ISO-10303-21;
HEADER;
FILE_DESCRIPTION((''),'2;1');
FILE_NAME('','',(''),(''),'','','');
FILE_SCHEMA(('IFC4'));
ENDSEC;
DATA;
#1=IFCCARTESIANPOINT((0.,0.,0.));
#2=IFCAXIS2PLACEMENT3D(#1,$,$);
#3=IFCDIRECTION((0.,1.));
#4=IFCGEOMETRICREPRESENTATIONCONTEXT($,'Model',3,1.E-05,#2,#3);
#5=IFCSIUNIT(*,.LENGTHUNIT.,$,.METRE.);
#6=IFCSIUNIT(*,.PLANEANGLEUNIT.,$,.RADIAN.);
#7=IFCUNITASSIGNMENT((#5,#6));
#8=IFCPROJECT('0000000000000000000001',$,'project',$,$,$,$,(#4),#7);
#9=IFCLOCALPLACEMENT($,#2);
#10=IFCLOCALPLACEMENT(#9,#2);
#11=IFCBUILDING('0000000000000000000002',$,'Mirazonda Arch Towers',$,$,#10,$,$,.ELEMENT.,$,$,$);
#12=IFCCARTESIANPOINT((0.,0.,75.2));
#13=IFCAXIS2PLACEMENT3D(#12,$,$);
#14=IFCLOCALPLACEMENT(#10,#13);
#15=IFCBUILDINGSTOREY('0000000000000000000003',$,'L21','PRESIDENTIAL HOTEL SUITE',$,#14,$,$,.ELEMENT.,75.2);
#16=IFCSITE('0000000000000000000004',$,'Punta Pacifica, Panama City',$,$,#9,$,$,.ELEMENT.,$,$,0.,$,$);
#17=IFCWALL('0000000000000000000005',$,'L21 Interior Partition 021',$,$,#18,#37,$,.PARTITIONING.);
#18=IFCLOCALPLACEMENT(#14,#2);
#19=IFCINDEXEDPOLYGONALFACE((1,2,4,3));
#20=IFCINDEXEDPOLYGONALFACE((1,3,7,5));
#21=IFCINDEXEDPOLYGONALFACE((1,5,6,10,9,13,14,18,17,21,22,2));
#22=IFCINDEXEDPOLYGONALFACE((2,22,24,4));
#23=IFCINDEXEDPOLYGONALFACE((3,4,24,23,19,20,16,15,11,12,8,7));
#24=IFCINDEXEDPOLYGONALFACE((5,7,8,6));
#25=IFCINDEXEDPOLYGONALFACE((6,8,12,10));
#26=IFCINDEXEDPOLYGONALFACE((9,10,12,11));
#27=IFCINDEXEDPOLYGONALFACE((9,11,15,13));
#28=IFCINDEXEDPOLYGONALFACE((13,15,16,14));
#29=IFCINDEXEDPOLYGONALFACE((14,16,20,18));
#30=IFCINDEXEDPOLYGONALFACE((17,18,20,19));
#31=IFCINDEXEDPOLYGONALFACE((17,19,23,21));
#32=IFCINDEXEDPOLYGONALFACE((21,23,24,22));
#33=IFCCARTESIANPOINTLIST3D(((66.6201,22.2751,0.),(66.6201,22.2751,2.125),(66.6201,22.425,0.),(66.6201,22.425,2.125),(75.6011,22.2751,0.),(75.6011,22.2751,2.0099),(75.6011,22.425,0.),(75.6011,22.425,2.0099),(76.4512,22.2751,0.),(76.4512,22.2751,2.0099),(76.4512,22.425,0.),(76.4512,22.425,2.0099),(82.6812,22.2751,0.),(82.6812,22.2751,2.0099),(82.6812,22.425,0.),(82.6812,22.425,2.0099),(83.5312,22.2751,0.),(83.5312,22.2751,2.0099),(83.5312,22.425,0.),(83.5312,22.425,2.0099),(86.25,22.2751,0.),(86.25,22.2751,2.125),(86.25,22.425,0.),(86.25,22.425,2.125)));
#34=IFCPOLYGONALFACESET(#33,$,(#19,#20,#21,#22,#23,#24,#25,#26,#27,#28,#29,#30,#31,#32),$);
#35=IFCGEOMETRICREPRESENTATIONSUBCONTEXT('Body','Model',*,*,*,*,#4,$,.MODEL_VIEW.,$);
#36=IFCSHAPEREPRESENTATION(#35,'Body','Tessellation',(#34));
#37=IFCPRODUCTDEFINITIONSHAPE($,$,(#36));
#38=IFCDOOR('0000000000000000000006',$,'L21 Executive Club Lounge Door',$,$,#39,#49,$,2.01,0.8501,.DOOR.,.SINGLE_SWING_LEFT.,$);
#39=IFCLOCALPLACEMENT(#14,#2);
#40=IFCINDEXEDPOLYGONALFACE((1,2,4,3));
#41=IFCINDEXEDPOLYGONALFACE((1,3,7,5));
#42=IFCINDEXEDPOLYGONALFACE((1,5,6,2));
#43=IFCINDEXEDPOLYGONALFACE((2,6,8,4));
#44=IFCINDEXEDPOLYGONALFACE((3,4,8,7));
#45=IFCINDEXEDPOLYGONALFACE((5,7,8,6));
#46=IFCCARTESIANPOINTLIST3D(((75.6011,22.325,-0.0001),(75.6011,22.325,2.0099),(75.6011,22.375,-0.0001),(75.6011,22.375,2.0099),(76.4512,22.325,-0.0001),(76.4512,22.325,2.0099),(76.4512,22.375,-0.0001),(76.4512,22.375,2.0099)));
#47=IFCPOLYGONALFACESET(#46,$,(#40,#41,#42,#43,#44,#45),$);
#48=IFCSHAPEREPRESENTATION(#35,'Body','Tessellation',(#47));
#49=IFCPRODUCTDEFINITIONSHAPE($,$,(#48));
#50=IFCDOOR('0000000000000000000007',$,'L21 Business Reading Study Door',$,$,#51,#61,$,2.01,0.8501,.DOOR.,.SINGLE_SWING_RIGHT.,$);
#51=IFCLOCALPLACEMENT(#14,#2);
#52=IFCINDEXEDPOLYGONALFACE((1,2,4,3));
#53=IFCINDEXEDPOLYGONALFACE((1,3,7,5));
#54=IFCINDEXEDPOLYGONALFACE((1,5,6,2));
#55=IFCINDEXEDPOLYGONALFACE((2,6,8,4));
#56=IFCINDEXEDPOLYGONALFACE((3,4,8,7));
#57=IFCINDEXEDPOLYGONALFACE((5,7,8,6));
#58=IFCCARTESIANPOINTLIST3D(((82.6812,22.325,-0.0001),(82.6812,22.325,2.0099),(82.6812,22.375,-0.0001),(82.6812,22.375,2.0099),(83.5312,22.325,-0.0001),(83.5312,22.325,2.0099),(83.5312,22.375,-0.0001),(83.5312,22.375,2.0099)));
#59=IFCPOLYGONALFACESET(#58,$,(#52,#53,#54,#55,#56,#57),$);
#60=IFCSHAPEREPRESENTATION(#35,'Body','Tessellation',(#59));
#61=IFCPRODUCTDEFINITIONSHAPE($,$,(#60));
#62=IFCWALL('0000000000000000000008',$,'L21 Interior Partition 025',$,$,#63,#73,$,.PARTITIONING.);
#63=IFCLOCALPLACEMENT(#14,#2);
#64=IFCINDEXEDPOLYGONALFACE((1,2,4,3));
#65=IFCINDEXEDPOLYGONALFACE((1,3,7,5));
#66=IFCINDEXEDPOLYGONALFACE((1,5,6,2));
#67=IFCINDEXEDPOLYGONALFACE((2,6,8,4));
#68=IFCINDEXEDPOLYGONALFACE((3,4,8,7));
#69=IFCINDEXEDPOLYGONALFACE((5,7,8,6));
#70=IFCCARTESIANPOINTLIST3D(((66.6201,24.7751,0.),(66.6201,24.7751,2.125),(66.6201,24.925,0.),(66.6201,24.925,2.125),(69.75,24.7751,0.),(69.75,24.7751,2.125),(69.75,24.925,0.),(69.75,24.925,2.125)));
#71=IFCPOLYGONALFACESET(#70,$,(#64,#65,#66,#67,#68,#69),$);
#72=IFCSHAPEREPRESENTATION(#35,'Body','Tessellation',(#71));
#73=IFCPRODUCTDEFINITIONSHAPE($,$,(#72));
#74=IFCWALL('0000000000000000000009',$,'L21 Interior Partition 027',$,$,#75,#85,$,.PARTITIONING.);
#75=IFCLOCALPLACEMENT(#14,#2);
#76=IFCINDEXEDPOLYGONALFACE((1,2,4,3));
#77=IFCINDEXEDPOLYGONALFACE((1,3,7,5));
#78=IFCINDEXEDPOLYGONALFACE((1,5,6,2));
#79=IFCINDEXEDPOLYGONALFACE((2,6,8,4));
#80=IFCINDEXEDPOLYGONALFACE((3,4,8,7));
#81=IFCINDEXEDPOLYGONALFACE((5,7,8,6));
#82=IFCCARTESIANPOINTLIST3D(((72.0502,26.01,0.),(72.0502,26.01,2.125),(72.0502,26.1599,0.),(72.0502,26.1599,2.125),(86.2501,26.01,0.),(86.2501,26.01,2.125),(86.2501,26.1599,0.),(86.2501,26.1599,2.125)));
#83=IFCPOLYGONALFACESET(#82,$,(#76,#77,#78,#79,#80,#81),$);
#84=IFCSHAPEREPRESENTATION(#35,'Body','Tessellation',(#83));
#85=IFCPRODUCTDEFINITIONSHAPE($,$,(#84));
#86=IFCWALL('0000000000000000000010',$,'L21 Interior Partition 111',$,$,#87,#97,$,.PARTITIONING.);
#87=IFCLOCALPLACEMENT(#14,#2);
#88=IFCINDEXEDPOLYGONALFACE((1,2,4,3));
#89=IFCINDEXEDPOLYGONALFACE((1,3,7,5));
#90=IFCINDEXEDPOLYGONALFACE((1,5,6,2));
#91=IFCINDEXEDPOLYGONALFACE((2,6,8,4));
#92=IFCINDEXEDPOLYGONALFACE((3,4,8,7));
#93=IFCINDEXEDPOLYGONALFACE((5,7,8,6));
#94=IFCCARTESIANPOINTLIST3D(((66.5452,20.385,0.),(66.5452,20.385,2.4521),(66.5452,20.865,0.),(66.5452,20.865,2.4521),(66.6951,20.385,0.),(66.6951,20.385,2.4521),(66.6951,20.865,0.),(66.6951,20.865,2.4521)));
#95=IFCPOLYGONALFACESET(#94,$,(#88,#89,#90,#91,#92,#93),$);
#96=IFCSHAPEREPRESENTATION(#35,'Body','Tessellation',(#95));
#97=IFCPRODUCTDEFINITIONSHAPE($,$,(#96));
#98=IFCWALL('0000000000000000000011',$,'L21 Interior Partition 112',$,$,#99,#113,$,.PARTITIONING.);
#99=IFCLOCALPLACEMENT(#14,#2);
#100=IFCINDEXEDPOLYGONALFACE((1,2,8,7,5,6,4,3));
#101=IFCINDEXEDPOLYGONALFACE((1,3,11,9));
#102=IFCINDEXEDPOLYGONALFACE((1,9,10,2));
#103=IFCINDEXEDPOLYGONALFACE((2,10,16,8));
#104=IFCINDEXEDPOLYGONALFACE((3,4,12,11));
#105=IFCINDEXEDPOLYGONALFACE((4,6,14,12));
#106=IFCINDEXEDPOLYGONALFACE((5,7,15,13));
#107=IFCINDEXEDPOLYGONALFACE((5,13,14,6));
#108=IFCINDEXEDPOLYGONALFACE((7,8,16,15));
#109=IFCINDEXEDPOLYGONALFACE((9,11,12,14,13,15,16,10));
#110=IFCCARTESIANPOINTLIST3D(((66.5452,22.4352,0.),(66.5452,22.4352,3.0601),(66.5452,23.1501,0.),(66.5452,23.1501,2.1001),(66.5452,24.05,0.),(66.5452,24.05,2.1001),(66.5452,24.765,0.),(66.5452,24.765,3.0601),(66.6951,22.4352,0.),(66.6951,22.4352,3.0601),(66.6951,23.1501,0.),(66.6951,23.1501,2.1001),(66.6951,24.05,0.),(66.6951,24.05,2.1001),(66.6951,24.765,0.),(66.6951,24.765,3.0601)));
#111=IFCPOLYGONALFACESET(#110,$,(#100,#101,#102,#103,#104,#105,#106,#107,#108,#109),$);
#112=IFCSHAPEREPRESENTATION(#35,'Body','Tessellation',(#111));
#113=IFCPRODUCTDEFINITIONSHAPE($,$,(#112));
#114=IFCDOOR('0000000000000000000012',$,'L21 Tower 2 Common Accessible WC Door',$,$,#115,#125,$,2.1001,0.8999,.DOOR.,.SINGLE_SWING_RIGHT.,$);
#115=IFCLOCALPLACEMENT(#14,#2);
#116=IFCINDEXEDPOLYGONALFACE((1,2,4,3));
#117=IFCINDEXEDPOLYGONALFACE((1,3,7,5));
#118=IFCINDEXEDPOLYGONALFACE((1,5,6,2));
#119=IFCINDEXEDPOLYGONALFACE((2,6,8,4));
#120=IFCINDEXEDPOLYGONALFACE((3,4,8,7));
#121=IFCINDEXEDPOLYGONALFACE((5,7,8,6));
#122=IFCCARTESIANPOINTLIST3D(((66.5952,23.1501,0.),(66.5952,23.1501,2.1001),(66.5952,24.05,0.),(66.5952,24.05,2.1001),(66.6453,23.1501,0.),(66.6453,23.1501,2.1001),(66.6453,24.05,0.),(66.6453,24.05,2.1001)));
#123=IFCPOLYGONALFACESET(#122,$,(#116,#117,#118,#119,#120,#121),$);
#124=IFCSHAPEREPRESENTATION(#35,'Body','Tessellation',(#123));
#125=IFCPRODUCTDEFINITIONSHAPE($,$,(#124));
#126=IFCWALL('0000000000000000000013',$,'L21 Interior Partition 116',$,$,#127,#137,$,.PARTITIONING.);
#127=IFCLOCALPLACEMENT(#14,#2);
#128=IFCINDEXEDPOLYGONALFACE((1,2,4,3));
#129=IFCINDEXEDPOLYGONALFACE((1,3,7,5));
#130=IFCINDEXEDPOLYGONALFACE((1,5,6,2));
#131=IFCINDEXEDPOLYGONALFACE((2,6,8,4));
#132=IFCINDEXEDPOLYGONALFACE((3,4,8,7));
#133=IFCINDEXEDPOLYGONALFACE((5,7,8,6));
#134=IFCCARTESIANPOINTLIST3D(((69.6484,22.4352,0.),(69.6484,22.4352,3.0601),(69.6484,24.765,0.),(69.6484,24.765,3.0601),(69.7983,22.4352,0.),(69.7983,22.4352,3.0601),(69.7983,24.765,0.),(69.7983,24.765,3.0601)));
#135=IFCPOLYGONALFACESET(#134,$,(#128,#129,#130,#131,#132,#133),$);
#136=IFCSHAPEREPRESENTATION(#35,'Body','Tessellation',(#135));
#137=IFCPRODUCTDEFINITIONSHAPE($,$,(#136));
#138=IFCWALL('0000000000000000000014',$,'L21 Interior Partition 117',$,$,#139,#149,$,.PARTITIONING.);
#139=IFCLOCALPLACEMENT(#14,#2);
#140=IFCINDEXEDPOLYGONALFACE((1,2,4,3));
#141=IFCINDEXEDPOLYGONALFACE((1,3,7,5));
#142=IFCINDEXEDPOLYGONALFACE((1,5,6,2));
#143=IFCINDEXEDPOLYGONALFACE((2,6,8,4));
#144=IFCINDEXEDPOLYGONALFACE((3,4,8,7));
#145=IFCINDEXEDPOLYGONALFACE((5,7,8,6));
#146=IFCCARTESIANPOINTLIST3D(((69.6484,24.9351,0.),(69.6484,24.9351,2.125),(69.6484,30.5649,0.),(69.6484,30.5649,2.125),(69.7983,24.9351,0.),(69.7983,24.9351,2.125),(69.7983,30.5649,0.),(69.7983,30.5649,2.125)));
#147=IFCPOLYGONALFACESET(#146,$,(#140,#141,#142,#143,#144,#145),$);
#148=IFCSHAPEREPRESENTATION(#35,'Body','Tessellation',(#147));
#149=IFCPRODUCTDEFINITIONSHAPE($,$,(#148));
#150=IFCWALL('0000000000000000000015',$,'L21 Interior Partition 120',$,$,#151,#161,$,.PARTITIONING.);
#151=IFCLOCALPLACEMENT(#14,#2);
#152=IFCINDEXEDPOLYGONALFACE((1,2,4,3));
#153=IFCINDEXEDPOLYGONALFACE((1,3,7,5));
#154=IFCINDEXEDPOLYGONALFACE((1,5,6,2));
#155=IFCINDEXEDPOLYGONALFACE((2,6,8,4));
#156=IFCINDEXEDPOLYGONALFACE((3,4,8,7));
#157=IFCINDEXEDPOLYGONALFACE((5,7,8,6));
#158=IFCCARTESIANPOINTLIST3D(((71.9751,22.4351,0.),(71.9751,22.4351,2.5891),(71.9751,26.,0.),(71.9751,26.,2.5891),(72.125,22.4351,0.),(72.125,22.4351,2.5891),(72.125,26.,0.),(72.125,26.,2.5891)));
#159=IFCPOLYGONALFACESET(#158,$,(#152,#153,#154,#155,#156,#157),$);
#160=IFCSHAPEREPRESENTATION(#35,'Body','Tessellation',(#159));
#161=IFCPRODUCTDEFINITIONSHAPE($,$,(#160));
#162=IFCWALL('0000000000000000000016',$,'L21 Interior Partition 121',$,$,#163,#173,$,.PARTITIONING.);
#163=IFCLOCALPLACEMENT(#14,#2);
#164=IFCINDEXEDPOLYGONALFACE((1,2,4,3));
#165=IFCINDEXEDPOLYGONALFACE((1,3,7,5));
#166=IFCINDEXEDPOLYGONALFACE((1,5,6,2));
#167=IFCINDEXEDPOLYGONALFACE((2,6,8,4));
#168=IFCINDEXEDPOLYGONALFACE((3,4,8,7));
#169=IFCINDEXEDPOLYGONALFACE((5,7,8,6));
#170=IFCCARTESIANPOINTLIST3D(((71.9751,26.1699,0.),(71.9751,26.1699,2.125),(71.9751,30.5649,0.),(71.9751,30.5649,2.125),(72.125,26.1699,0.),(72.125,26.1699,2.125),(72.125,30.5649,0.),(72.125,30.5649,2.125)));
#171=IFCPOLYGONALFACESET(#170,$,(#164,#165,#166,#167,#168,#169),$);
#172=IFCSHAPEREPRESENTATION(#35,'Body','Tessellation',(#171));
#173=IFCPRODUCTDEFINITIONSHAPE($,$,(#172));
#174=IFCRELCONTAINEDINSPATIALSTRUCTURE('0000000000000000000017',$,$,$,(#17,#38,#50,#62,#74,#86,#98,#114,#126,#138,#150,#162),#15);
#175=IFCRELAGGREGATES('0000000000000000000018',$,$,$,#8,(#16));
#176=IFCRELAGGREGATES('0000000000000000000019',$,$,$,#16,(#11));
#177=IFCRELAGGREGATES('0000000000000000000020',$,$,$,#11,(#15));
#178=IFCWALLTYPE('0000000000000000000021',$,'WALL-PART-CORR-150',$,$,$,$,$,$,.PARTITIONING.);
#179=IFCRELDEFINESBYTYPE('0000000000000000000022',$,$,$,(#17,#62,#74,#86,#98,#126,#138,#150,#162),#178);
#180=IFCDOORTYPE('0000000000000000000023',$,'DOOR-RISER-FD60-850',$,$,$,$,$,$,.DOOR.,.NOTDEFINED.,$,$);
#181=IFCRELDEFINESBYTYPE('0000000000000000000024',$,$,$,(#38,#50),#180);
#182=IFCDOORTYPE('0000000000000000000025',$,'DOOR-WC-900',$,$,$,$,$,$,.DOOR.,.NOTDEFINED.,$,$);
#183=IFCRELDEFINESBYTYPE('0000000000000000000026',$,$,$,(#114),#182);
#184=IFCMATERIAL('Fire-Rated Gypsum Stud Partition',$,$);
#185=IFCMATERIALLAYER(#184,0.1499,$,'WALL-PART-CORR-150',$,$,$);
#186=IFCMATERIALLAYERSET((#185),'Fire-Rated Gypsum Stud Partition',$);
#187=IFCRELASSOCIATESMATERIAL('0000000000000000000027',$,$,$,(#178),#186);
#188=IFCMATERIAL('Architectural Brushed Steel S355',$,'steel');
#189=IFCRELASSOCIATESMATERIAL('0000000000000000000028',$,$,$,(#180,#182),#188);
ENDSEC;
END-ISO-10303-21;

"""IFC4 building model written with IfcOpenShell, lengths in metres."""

from ifc_helpers import new_model, si_unit, direction, frame, frame_2d, origin, place, context, subcontext, project, spatial, rectangle, extrude, material, layer, layer_set, type_object, element, fill, save


model = new_model("IFC4")

# Units and contexts
model_context = context("Model", 3, precision=1e-05, world=origin(), true_north=direction((0.0, 1.0)))
body_context = subcontext(model_context, "Body", "Model", "MODEL_VIEW")
ifc_project = project(units=[si_unit("LENGTHUNIT", "METRE"), si_unit("PLANEANGLEUNIT", "RADIAN")], contexts=[model_context])

# Site, building, storey
site_placement = place(None, origin())
site = spatial("IfcSite", under=ifc_project, at=site_placement, Name="Punta Pacifica, Panama City", CompositionType="ELEMENT", RefElevation=0.0)
building_placement = place(site_placement, origin())
building = spatial("IfcBuilding", under=site, at=building_placement, Name="Mirazonda Arch Towers", CompositionType="ELEMENT")
storey_placement = place(building_placement, frame((0.0, 0.0, 75.2)))
storey = spatial("IfcBuildingStorey", under=building, at=storey_placement, Name="L21", Description="PRESIDENTIAL HOTEL SUITE", CompositionType="ELEMENT", Elevation=75.2)

# Shared definitions
ifc_material_1 = material(Name="Architectural Brushed Steel S355", Category="steel")

# Shared definitions
ifc_material_2 = material(Name="Fire-Rated Gypsum Stud Partition")
ifc_layer_1 = layer(ifc_material_2, 0.1499, Name="WALL-PART-CORR-150")
ifc_layer_set_1 = layer_set([ifc_layer_1], Name="Fire-Rated Gypsum Stud Partition")
wall_type_1 = type_object("IfcWallType", Name="WALL-PART-CORR-150", PredefinedType="PARTITIONING", material=ifc_layer_set_1)

# Wall, openings, doors
wall_1_placement = place(storey_placement, frame((66.6201, 22.3501, 0.0), z_axis=(0.0, 0.0, 1.0), x_axis=(1.0, 0.0, 0.0)))
wall_1 = element("IfcWall", 1, at=wall_1_placement, inside=storey, type_object=wall_type_1, Name="L21 Interior Partition 021", PredefinedType="PARTITIONING", context=body_context, shape_type="SweptSolid", body=[
    extrude(rectangle(XDim=19.6299, YDim=0.1499, at=frame_2d((9.8149, 0.0))), origin(), (0.0, 0.0, 1.0), 2.125),
])
opening_1_placement = place(wall_1_placement, frame((8.981, 0.0, 0.0)))
opening_1 = element("IfcOpeningElement", 2, at=opening_1_placement, cuts=wall_1, PredefinedType="OPENING", context=body_context, shape_type="SweptSolid", body=[
    extrude(rectangle(XDim=0.8501, YDim=2.01, at=frame_2d((0.425, 1.0049))), frame((0.0, 0.085, 0.0), z_axis=(0.0, -1.0, 0.0), x_axis=(1.0, 0.0, 0.0)), (0.0, 0.0, 1.0), 0.1699),
])
opening_2_placement = place(wall_1_placement, frame((16.061, 0.0, 0.0)))
opening_2 = element("IfcOpeningElement", 3, at=opening_2_placement, cuts=wall_1, PredefinedType="OPENING", context=body_context, shape_type="SweptSolid", body=[
    extrude(rectangle(XDim=0.8501, YDim=2.01, at=frame_2d((0.425, 1.0049))), frame((0.0, 0.085, 0.0), z_axis=(0.0, -1.0, 0.0), x_axis=(1.0, 0.0, 0.0)), (0.0, 0.0, 1.0), 0.1699),
])
door_type_1 = type_object("IfcDoorType", Name="DOOR-RISER-FD60-850", OperationType="NOTDEFINED", PredefinedType="DOOR", material=ifc_material_1)
door_1_placement = place(opening_1_placement, origin())
door_1 = element("IfcDoor", 4, at=door_1_placement, inside=storey, type_object=door_type_1, Name="L21 Executive Club Lounge Door", OperationType="SINGLE_SWING_LEFT", OverallHeight=2.01, OverallWidth=0.8501, PredefinedType="DOOR", context=body_context, shape_type="SweptSolid", body=[
    extrude(rectangle(XDim=0.8501, YDim=2.01, at=frame_2d((0.425, 1.0049))), frame((0.0, 0.0249, 0.0), z_axis=(0.0, -1.0, 0.0), x_axis=(1.0, 0.0, 0.0)), (0.0, 0.0, 1.0), 0.05),
])
fill(opening_1, door_1)
door_2_placement = place(opening_2_placement, origin())
door_2 = element("IfcDoor", 5, at=door_2_placement, inside=storey, type_object=door_type_1, Name="L21 Business Reading Study Door", OperationType="SINGLE_SWING_RIGHT", OverallHeight=2.01, OverallWidth=0.8501, PredefinedType="DOOR", context=body_context, shape_type="SweptSolid", body=[
    extrude(rectangle(XDim=0.8501, YDim=2.01, at=frame_2d((0.425, 1.0049))), frame((0.0, 0.0249, 0.0), z_axis=(0.0, -1.0, 0.0), x_axis=(1.0, 0.0, 0.0)), (0.0, 0.0, 1.0), 0.05),
])
fill(opening_2, door_2)

# Walls
wall_2_placement = place(storey_placement, frame((66.6201, 24.8501, 0.0), z_axis=(0.0, 0.0, 1.0), x_axis=(1.0, 0.0, 0.0)))
element("IfcWall", 6, at=wall_2_placement, inside=storey, type_object=wall_type_1, Name="L21 Interior Partition 025", PredefinedType="PARTITIONING", context=body_context, shape_type="SweptSolid", body=[
    extrude(rectangle(XDim=3.1299, YDim=0.1499, at=frame_2d((1.5649, 0.0))), origin(), (0.0, 0.0, 1.0), 2.125),
])
wall_3_placement = place(storey_placement, frame((72.05, 26.085, 0.0), z_axis=(0.0, 0.0, 1.0), x_axis=(1.0, 0.0, 0.0)))
element("IfcWall", 7, at=wall_3_placement, inside=storey, type_object=wall_type_1, Name="L21 Interior Partition 027", PredefinedType="PARTITIONING", context=body_context, shape_type="SweptSolid", body=[
    extrude(rectangle(XDim=14.2, YDim=0.1499, at=frame_2d((7.1001, 0.0))), origin(), (0.0, 0.0, 1.0), 2.125),
])
wall_4_placement = place(storey_placement, frame((66.6201, 20.385, 0.0), z_axis=(0.0, 0.0, 1.0), x_axis=(0.0, 1.0, 0.0)))
element("IfcWall", 8, at=wall_4_placement, inside=storey, type_object=wall_type_1, Name="L21 Interior Partition 111", PredefinedType="PARTITIONING", context=body_context, shape_type="SweptSolid", body=[
    extrude(rectangle(XDim=0.48, YDim=0.1499, at=frame_2d((0.24, 0.0))), origin(), (0.0, 0.0, 1.0), 2.4521),
])

# Wall, opening, door
wall_5_placement = place(storey_placement, frame((66.6201, 22.4351, 0.0), z_axis=(0.0, 0.0, 1.0), x_axis=(0.0, 1.0, 0.0)))
wall_5 = element("IfcWall", 9, at=wall_5_placement, inside=storey, type_object=wall_type_1, Name="L21 Interior Partition 112", PredefinedType="PARTITIONING", context=body_context, shape_type="SweptSolid", body=[
    extrude(rectangle(XDim=2.3298, YDim=0.1499, at=frame_2d((1.165, 0.0))), origin(), (0.0, 0.0, 1.0), 3.0601),
])
opening_3_placement = place(wall_5_placement, frame((0.7151, 0.0, 0.0)))
opening_3 = element("IfcOpeningElement", 10, at=opening_3_placement, cuts=wall_5, PredefinedType="OPENING", context=body_context, shape_type="SweptSolid", body=[
    extrude(rectangle(XDim=0.8999, YDim=2.1001, at=frame_2d((0.45, 1.05))), frame((0.0, 0.085, 0.0), z_axis=(0.0, -1.0, 0.0), x_axis=(1.0, 0.0, 0.0)), (0.0, 0.0, 1.0), 0.1699),
])
door_type_2 = type_object("IfcDoorType", Name="DOOR-WC-900", OperationType="NOTDEFINED", PredefinedType="DOOR", material=ifc_material_1)
door_3_placement = place(opening_3_placement, origin())
door_3 = element("IfcDoor", 11, at=door_3_placement, inside=storey, type_object=door_type_2, Name="L21 Tower 2 Common Accessible WC Door", OperationType="SINGLE_SWING_RIGHT", OverallHeight=2.1001, OverallWidth=0.8999, PredefinedType="DOOR", context=body_context, shape_type="SweptSolid", body=[
    extrude(rectangle(XDim=0.8999, YDim=2.1001, at=frame_2d((0.45, 1.05))), frame((0.0, 0.0249, 0.0), z_axis=(0.0, -1.0, 0.0), x_axis=(1.0, 0.0, 0.0)), (0.0, 0.0, 1.0), 0.05),
])
fill(opening_3, door_3)

# Walls
wall_6_placement = place(storey_placement, frame((69.7234, 22.4351, 0.0), z_axis=(0.0, 0.0, 1.0), x_axis=(0.0, 1.0, 0.0)))
element("IfcWall", 12, at=wall_6_placement, inside=storey, type_object=wall_type_1, Name="L21 Interior Partition 116", PredefinedType="PARTITIONING", context=body_context, shape_type="SweptSolid", body=[
    extrude(rectangle(XDim=2.3298, YDim=0.1499, at=frame_2d((1.165, 0.0))), origin(), (0.0, 0.0, 1.0), 3.0601),
])
wall_7_placement = place(storey_placement, frame((69.7234, 24.9351, 0.0), z_axis=(0.0, 0.0, 1.0), x_axis=(0.0, 1.0, 0.0)))
element("IfcWall", 13, at=wall_7_placement, inside=storey, type_object=wall_type_1, Name="L21 Interior Partition 117", PredefinedType="PARTITIONING", context=body_context, shape_type="SweptSolid", body=[
    extrude(rectangle(XDim=5.6299, YDim=0.1499, at=frame_2d((2.8149, 0.0))), origin(), (0.0, 0.0, 1.0), 2.125),
])
wall_8_placement = place(storey_placement, frame((72.05, 22.4351, 0.0), z_axis=(0.0, 0.0, 1.0), x_axis=(0.0, 1.0, 0.0)))
element("IfcWall", 14, at=wall_8_placement, inside=storey, type_object=wall_type_1, Name="L21 Interior Partition 120", PredefinedType="PARTITIONING", context=body_context, shape_type="SweptSolid", body=[
    extrude(rectangle(XDim=3.5649, YDim=0.1499, at=frame_2d((1.7825, 0.0))), origin(), (0.0, 0.0, 1.0), 2.5891),
])
wall_9_placement = place(storey_placement, frame((72.05, 26.1699, 0.0), z_axis=(0.0, 0.0, 1.0), x_axis=(0.0, 1.0, 0.0)))
element("IfcWall", 15, at=wall_9_placement, inside=storey, type_object=wall_type_1, Name="L21 Interior Partition 121", PredefinedType="PARTITIONING", context=body_context, shape_type="SweptSolid", body=[
    extrude(rectangle(XDim=4.395, YDim=0.1499, at=frame_2d((2.1975, 0.0))), origin(), (0.0, 0.0, 1.0), 2.125),
])

save(model, "model.ifc")
